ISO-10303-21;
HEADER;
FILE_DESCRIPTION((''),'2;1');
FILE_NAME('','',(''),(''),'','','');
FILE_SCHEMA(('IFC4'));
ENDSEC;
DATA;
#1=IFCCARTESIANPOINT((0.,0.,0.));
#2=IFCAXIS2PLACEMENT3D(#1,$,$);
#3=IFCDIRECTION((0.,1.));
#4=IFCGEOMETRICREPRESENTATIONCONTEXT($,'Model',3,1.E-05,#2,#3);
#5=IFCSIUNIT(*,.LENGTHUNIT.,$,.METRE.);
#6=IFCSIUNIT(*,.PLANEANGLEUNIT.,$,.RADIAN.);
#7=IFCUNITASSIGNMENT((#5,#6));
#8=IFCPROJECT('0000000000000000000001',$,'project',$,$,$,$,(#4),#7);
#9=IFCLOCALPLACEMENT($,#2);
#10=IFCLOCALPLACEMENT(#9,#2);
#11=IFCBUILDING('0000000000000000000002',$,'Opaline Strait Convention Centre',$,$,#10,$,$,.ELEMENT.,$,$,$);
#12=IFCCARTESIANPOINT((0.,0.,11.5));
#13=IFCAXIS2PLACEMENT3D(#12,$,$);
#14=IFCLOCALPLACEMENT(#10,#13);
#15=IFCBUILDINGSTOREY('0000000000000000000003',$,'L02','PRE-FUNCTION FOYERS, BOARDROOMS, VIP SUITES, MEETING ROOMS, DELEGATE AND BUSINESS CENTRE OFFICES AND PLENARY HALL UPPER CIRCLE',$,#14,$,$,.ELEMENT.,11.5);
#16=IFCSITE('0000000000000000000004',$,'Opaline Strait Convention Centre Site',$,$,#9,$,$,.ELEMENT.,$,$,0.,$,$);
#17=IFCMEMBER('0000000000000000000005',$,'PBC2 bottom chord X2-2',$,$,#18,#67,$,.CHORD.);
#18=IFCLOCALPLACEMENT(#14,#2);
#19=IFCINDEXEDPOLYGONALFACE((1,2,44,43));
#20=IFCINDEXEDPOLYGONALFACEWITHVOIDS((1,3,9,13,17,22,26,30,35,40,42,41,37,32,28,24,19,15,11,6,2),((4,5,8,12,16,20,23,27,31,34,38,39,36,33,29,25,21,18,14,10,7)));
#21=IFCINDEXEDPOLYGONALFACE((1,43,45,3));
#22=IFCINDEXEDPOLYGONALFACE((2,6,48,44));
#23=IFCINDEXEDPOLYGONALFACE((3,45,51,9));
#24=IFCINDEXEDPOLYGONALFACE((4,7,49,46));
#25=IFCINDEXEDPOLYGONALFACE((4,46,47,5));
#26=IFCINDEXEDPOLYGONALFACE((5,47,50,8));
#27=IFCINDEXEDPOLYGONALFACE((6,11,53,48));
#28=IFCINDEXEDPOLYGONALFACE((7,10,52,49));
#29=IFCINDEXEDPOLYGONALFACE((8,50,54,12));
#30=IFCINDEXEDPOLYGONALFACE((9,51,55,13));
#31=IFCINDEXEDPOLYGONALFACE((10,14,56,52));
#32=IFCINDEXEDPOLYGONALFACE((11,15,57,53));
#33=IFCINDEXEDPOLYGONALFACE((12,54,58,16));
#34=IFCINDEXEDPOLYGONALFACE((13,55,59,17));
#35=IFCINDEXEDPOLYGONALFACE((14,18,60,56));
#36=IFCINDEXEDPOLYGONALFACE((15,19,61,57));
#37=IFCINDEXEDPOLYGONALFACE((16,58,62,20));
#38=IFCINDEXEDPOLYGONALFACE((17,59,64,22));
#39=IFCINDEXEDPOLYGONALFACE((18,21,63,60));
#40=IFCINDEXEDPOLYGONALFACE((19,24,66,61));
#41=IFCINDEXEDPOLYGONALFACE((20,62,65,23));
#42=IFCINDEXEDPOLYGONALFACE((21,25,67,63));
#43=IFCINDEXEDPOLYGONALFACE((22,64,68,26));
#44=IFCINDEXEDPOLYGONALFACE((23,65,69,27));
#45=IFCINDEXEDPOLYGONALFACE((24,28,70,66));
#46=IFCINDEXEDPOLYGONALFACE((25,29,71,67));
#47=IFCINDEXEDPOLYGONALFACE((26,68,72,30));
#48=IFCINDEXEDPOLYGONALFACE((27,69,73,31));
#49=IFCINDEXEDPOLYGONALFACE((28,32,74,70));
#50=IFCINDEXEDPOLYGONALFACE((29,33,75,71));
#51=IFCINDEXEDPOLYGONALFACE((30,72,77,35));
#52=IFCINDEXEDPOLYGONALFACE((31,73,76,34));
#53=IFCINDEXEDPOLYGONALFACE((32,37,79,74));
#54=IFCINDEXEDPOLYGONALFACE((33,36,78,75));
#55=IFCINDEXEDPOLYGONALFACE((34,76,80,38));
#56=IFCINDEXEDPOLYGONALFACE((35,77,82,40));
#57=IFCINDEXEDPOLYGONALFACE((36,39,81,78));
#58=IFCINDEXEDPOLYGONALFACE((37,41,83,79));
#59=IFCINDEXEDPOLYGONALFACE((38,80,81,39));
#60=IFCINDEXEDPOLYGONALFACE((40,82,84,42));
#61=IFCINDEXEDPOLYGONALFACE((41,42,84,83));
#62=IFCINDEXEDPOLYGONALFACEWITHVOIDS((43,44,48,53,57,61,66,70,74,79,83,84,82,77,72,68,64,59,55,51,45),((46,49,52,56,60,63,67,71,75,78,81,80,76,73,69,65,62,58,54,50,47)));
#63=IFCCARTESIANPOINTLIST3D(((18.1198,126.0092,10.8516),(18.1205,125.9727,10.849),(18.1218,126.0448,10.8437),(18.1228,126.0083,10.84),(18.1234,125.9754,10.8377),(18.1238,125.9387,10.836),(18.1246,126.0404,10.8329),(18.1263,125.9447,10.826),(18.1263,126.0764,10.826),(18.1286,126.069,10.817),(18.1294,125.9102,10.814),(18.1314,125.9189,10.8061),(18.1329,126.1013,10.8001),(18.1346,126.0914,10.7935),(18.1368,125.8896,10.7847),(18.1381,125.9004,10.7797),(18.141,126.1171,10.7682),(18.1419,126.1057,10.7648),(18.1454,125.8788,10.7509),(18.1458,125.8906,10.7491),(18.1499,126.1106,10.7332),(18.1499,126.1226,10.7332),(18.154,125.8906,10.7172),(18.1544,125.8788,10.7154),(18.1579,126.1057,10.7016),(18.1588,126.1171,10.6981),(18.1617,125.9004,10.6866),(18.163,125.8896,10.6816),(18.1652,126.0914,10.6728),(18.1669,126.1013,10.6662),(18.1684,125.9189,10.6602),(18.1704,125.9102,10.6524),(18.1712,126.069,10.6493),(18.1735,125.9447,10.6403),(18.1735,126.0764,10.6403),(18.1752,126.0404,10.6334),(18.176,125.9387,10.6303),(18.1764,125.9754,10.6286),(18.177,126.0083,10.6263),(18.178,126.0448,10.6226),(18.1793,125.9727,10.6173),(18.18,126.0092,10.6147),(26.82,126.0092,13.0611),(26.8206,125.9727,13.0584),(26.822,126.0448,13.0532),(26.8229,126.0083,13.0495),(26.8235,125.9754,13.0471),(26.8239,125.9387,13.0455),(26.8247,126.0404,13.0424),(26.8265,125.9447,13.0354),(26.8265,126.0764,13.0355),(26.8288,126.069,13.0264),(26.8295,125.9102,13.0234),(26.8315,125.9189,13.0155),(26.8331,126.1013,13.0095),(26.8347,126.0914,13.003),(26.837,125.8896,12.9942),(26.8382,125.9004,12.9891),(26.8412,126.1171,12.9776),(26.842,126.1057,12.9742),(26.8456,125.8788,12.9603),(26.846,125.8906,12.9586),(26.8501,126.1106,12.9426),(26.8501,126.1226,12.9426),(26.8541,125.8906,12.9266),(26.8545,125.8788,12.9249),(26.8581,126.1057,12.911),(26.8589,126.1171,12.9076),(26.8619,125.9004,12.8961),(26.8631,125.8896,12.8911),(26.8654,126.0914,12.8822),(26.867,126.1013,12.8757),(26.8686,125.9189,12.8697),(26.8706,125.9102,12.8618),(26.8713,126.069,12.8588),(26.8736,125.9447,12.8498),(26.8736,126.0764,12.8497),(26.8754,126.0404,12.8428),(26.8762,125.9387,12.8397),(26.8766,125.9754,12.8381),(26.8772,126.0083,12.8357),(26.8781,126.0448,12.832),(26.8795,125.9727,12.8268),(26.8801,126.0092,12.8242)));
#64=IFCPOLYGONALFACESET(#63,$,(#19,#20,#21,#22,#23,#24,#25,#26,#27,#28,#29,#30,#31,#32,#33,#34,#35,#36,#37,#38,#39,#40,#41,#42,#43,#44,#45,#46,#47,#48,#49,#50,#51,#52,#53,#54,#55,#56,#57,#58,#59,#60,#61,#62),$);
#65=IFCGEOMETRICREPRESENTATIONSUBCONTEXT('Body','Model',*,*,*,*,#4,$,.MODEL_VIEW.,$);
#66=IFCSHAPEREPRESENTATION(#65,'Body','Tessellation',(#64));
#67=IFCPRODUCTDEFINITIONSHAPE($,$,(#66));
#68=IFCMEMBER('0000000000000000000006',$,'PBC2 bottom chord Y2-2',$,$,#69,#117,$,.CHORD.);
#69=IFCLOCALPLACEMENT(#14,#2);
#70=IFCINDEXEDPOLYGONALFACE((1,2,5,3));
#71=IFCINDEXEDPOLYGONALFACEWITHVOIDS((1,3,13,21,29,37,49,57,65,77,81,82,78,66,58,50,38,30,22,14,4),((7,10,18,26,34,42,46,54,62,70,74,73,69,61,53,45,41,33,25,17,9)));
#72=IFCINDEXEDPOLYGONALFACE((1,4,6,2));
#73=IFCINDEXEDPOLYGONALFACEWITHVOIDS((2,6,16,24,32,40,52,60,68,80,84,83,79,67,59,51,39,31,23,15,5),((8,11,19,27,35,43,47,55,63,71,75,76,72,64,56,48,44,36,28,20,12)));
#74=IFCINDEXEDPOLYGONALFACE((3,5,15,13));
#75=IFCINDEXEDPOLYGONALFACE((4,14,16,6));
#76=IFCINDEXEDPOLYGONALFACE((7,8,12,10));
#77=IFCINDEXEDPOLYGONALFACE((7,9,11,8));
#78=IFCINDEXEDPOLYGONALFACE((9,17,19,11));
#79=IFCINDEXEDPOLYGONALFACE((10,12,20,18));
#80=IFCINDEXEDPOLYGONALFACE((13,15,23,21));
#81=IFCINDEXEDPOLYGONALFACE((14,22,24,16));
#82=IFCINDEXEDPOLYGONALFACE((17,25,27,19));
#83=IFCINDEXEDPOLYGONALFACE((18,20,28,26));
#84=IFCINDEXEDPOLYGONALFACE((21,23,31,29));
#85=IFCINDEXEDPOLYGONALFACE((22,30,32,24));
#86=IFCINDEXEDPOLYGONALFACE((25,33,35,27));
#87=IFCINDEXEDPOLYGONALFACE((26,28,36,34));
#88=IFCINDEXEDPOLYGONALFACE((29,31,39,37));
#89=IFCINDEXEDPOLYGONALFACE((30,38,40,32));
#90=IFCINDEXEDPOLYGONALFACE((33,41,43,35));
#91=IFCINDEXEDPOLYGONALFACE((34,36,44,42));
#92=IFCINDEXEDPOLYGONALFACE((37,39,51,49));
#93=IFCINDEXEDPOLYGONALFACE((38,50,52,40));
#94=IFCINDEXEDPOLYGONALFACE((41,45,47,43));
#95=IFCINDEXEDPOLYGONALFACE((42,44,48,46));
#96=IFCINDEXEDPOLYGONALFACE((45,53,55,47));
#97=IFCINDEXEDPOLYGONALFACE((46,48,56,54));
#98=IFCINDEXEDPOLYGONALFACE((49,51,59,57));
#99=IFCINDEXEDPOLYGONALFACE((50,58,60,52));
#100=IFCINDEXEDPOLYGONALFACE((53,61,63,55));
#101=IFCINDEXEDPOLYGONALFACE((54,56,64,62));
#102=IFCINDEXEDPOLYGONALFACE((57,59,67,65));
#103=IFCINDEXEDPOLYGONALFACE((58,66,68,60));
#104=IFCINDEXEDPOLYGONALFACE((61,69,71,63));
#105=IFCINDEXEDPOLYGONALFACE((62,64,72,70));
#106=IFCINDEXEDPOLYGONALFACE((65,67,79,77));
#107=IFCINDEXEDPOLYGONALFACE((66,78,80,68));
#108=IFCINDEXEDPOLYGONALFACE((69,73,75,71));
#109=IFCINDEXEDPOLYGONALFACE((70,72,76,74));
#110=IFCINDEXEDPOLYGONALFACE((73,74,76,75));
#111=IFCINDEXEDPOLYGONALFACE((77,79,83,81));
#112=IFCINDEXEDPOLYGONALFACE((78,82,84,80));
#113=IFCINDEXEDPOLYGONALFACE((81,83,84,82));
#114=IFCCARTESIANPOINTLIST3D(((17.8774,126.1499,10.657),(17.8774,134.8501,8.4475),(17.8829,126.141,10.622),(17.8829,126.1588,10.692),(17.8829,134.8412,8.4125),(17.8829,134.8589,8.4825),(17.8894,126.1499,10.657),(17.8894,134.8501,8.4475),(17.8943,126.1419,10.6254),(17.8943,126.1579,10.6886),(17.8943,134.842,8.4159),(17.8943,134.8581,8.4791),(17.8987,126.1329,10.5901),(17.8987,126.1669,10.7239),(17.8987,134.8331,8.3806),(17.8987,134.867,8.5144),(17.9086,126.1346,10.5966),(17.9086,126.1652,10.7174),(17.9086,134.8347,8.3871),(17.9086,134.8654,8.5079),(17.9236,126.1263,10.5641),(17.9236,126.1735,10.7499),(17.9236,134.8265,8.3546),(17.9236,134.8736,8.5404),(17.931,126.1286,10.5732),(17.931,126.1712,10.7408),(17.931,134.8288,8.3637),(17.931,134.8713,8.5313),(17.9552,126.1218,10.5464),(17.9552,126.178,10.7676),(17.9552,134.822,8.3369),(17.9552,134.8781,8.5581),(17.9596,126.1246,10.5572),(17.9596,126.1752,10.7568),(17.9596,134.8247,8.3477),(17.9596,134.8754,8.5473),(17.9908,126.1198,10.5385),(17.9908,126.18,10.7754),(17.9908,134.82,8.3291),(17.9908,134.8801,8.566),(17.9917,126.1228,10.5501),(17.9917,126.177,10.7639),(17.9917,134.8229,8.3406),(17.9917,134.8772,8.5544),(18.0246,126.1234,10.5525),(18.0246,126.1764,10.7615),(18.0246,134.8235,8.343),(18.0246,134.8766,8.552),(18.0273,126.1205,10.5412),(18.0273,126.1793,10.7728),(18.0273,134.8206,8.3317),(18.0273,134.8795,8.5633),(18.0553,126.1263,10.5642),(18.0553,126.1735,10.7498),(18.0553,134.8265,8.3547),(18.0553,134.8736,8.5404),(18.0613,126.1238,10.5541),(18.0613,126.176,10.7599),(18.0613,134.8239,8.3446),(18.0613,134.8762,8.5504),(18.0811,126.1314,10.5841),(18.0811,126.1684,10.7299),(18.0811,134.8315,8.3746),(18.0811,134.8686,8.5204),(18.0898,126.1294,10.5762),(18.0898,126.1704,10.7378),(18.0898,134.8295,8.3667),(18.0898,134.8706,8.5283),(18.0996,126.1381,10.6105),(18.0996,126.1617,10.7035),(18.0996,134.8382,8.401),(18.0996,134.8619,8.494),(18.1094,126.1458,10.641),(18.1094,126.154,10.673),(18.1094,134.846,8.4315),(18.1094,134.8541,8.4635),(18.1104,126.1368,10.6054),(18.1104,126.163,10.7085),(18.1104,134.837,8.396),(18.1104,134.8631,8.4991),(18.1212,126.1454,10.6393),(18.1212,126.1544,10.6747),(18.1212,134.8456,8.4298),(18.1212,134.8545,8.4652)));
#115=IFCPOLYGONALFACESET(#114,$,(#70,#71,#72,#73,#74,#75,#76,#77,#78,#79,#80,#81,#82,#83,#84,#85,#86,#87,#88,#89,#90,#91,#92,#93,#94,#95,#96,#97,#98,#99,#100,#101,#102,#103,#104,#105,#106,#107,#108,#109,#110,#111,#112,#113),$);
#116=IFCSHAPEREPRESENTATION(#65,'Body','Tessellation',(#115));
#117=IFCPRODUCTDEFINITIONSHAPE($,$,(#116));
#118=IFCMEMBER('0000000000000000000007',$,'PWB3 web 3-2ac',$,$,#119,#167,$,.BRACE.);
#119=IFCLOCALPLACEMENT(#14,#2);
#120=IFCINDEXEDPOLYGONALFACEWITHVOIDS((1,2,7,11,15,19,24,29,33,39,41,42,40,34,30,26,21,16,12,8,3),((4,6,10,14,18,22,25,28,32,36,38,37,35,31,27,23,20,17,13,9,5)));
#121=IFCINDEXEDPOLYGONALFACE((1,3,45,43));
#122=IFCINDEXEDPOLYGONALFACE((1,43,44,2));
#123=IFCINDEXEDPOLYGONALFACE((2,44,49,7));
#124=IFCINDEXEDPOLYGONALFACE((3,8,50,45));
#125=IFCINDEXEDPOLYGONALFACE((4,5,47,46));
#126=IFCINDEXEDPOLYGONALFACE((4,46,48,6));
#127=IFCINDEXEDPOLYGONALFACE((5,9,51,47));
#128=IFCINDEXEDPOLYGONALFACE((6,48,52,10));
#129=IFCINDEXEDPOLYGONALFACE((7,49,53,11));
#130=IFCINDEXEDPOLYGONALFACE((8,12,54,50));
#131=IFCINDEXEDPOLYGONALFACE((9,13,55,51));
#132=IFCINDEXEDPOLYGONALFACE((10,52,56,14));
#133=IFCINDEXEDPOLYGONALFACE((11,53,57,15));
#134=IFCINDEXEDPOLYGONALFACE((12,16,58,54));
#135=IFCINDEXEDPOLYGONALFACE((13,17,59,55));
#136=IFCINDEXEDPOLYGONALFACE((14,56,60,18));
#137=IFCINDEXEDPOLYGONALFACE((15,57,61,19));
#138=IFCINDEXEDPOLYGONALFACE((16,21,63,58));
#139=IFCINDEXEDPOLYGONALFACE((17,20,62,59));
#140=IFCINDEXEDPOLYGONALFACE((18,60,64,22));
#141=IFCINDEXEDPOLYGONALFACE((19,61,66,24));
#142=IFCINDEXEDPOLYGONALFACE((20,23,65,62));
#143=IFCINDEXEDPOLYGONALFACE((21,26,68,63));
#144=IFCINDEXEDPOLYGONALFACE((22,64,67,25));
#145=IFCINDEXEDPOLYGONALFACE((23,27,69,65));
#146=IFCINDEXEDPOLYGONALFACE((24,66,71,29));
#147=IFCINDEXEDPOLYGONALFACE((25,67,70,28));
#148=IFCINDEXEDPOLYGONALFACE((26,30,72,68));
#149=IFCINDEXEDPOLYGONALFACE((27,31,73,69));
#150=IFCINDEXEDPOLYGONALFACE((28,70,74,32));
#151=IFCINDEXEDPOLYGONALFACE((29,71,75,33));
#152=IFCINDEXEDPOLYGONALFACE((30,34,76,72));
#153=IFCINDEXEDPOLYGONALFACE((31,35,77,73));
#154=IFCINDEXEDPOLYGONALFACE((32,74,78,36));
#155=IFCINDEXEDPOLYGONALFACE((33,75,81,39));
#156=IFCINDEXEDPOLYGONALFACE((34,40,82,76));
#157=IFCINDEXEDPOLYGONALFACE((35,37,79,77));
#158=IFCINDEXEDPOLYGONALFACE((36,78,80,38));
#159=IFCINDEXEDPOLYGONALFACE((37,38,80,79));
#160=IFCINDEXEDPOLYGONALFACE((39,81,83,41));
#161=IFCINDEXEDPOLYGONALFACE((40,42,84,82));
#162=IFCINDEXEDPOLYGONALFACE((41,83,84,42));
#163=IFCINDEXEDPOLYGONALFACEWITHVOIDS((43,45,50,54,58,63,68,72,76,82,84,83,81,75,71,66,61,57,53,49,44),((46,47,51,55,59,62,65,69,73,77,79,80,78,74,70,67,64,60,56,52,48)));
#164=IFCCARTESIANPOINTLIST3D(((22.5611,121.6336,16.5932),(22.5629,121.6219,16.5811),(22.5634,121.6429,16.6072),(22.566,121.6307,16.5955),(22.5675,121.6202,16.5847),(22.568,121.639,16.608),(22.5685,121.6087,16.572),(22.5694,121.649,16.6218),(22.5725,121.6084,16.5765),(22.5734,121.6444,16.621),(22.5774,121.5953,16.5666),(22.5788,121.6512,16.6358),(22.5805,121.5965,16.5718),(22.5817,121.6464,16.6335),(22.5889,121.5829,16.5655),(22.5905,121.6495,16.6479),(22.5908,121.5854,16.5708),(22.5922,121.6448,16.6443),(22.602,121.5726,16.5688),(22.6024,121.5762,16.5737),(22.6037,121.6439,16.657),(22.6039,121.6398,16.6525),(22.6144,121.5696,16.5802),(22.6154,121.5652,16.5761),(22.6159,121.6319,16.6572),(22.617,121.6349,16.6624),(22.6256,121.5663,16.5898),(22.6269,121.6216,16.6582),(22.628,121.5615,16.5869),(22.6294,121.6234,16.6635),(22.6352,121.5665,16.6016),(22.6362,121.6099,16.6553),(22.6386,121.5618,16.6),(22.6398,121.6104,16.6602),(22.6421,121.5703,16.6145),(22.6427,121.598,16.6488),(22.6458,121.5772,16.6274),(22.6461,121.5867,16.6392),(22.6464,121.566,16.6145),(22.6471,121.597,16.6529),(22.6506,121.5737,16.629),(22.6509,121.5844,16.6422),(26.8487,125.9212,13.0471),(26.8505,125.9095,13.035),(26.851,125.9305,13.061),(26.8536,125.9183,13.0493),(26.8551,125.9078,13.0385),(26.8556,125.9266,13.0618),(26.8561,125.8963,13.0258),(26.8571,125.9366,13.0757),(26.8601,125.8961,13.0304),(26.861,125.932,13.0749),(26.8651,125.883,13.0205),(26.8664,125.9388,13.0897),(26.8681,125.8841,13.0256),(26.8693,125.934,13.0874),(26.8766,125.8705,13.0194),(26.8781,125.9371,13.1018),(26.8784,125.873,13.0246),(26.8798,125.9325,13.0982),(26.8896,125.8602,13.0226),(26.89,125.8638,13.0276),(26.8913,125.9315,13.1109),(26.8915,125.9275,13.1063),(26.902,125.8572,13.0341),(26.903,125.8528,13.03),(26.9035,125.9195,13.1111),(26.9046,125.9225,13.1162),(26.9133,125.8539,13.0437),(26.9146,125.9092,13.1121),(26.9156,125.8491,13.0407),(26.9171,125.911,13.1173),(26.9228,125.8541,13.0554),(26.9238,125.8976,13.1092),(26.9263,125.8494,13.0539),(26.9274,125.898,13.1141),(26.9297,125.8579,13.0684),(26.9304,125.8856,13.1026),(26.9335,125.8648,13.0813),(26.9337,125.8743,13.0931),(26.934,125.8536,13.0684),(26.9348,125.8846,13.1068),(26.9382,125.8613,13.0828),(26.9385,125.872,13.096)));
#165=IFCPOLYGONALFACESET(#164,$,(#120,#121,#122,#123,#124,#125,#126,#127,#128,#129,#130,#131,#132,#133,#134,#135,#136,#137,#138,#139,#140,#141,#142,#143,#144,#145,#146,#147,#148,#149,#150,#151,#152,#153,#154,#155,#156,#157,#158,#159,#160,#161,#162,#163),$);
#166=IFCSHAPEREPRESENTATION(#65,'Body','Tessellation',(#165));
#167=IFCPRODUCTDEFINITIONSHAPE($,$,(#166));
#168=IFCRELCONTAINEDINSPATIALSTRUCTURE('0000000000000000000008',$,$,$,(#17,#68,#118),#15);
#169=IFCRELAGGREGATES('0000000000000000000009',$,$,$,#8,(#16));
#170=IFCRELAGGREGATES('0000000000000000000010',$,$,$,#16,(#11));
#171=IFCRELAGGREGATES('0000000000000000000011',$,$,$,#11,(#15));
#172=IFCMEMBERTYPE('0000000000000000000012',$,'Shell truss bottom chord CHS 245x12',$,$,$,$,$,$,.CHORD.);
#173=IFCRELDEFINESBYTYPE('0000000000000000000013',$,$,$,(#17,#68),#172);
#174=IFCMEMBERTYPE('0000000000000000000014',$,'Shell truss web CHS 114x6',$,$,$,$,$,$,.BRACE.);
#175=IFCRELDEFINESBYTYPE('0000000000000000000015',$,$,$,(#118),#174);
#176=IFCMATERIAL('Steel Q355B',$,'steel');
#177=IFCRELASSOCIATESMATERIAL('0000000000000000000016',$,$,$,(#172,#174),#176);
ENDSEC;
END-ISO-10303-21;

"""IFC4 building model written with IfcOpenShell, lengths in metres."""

from ifc_helpers import new_model, si_unit, direction, frame, origin, origin_2d, place, context, subcontext, project, spatial, hollow_circle, extrude, material, material_profile, profile_set, type_object, element, save


model = new_model("IFC4")

# Units and contexts
model_context = context("Model", 3, precision=1e-05, world=origin(), true_north=direction((0.0, 1.0)))
body_context = subcontext(model_context, "Body", "Model", "MODEL_VIEW")
ifc_project = project(units=[si_unit("LENGTHUNIT", "METRE"), si_unit("PLANEANGLEUNIT", "RADIAN")], contexts=[model_context])

# Site, building, storey
site_placement = place(None, origin())
site = spatial("IfcSite", under=ifc_project, at=site_placement, Name="Opaline Strait Convention Centre Site", CompositionType="ELEMENT", RefElevation=0.0)
building_placement = place(site_placement, origin())
building = spatial("IfcBuilding", under=site, at=building_placement, Name="Opaline Strait Convention Centre", CompositionType="ELEMENT")
storey_placement = place(building_placement, frame((0.0, 0.0, 11.5)))
storey = spatial("IfcBuildingStorey", under=building, at=storey_placement, Name="L02", Description="PRE-FUNCTION FOYERS, BOARDROOMS, VIP SUITES, MEETING ROOMS, DELEGATE AND BUSINESS CENTRE OFFICES AND PLENARY HALL UPPER CIRCLE", CompositionType="ELEMENT", Elevation=11.5)

# Members
ifc_material_1 = material(Name="Steel Q355B", Category="steel")
ifc_material_profile_1 = material_profile(ifc_material_1, hollow_circle(Radius=0.1226, WallThickness=0.012, at=origin_2d()), Name="CHS 245x12")
ifc_profile_set_1 = profile_set([ifc_material_profile_1], Name="Steel Q355B")
member_type_1 = type_object("IfcMemberType", Name="Shell truss bottom chord CHS 245x12", PredefinedType="CHORD", material=ifc_profile_set_1)
for number, where, z_axis, x_axis, name in (
    (1, (18.1499, 126.0, 10.7332), (0.969233, 0.0, 0.246143), (0.0, 1.0, 0.0), "PBC2 bottom chord X2-2"),
    (2, (18.0, 126.1499, 10.657), (0.0, 0.969233, -0.246143), (-1.0, 0.0, 0.0), "PBC2 bottom chord Y2-2"),
):
    element("IfcMember", number, at=place(storey_placement, frame(where, z_axis=z_axis, x_axis=x_axis)), inside=storey, type_object=member_type_1, Name=name, PredefinedType="CHORD", context=body_context, shape_type="SweptSolid", body=[
        extrude(hollow_circle(Radius=0.1226, WallThickness=0.012, at=origin_2d()), origin(), (0.0, 0.0, 1.0), 8.9763),
    ])
ifc_material_profile_2 = material_profile(ifc_material_1, hollow_circle(Radius=0.0569, WallThickness=0.0061, at=origin_2d()), Name="CHS 114x6")
ifc_profile_set_2 = profile_set([ifc_material_profile_2], Name="Steel Q355B")
member_type_2 = type_object("IfcMemberType", Name="Shell truss web CHS 114x6", PredefinedType="BRACE", material=ifc_profile_set_2)
member_1_placement = place(storey_placement, frame((26.8938, 125.8938, 13.0684), z_axis=(-0.610387, -0.610387, 0.504833), x_axis=(0.707107, -0.707107, 0.0)))
element("IfcMember", 3, at=member_1_placement, inside=storey, type_object=member_type_2, Name="PWB3 web 3-2ac", PredefinedType="BRACE", context=body_context, shape_type="SweptSolid", body=[
    extrude(hollow_circle(Radius=0.0569, WallThickness=0.0061, at=origin_2d()), origin(), (0.0, 0.0, 1.0), 7.0244),
])

save(model, "model.ifc")
